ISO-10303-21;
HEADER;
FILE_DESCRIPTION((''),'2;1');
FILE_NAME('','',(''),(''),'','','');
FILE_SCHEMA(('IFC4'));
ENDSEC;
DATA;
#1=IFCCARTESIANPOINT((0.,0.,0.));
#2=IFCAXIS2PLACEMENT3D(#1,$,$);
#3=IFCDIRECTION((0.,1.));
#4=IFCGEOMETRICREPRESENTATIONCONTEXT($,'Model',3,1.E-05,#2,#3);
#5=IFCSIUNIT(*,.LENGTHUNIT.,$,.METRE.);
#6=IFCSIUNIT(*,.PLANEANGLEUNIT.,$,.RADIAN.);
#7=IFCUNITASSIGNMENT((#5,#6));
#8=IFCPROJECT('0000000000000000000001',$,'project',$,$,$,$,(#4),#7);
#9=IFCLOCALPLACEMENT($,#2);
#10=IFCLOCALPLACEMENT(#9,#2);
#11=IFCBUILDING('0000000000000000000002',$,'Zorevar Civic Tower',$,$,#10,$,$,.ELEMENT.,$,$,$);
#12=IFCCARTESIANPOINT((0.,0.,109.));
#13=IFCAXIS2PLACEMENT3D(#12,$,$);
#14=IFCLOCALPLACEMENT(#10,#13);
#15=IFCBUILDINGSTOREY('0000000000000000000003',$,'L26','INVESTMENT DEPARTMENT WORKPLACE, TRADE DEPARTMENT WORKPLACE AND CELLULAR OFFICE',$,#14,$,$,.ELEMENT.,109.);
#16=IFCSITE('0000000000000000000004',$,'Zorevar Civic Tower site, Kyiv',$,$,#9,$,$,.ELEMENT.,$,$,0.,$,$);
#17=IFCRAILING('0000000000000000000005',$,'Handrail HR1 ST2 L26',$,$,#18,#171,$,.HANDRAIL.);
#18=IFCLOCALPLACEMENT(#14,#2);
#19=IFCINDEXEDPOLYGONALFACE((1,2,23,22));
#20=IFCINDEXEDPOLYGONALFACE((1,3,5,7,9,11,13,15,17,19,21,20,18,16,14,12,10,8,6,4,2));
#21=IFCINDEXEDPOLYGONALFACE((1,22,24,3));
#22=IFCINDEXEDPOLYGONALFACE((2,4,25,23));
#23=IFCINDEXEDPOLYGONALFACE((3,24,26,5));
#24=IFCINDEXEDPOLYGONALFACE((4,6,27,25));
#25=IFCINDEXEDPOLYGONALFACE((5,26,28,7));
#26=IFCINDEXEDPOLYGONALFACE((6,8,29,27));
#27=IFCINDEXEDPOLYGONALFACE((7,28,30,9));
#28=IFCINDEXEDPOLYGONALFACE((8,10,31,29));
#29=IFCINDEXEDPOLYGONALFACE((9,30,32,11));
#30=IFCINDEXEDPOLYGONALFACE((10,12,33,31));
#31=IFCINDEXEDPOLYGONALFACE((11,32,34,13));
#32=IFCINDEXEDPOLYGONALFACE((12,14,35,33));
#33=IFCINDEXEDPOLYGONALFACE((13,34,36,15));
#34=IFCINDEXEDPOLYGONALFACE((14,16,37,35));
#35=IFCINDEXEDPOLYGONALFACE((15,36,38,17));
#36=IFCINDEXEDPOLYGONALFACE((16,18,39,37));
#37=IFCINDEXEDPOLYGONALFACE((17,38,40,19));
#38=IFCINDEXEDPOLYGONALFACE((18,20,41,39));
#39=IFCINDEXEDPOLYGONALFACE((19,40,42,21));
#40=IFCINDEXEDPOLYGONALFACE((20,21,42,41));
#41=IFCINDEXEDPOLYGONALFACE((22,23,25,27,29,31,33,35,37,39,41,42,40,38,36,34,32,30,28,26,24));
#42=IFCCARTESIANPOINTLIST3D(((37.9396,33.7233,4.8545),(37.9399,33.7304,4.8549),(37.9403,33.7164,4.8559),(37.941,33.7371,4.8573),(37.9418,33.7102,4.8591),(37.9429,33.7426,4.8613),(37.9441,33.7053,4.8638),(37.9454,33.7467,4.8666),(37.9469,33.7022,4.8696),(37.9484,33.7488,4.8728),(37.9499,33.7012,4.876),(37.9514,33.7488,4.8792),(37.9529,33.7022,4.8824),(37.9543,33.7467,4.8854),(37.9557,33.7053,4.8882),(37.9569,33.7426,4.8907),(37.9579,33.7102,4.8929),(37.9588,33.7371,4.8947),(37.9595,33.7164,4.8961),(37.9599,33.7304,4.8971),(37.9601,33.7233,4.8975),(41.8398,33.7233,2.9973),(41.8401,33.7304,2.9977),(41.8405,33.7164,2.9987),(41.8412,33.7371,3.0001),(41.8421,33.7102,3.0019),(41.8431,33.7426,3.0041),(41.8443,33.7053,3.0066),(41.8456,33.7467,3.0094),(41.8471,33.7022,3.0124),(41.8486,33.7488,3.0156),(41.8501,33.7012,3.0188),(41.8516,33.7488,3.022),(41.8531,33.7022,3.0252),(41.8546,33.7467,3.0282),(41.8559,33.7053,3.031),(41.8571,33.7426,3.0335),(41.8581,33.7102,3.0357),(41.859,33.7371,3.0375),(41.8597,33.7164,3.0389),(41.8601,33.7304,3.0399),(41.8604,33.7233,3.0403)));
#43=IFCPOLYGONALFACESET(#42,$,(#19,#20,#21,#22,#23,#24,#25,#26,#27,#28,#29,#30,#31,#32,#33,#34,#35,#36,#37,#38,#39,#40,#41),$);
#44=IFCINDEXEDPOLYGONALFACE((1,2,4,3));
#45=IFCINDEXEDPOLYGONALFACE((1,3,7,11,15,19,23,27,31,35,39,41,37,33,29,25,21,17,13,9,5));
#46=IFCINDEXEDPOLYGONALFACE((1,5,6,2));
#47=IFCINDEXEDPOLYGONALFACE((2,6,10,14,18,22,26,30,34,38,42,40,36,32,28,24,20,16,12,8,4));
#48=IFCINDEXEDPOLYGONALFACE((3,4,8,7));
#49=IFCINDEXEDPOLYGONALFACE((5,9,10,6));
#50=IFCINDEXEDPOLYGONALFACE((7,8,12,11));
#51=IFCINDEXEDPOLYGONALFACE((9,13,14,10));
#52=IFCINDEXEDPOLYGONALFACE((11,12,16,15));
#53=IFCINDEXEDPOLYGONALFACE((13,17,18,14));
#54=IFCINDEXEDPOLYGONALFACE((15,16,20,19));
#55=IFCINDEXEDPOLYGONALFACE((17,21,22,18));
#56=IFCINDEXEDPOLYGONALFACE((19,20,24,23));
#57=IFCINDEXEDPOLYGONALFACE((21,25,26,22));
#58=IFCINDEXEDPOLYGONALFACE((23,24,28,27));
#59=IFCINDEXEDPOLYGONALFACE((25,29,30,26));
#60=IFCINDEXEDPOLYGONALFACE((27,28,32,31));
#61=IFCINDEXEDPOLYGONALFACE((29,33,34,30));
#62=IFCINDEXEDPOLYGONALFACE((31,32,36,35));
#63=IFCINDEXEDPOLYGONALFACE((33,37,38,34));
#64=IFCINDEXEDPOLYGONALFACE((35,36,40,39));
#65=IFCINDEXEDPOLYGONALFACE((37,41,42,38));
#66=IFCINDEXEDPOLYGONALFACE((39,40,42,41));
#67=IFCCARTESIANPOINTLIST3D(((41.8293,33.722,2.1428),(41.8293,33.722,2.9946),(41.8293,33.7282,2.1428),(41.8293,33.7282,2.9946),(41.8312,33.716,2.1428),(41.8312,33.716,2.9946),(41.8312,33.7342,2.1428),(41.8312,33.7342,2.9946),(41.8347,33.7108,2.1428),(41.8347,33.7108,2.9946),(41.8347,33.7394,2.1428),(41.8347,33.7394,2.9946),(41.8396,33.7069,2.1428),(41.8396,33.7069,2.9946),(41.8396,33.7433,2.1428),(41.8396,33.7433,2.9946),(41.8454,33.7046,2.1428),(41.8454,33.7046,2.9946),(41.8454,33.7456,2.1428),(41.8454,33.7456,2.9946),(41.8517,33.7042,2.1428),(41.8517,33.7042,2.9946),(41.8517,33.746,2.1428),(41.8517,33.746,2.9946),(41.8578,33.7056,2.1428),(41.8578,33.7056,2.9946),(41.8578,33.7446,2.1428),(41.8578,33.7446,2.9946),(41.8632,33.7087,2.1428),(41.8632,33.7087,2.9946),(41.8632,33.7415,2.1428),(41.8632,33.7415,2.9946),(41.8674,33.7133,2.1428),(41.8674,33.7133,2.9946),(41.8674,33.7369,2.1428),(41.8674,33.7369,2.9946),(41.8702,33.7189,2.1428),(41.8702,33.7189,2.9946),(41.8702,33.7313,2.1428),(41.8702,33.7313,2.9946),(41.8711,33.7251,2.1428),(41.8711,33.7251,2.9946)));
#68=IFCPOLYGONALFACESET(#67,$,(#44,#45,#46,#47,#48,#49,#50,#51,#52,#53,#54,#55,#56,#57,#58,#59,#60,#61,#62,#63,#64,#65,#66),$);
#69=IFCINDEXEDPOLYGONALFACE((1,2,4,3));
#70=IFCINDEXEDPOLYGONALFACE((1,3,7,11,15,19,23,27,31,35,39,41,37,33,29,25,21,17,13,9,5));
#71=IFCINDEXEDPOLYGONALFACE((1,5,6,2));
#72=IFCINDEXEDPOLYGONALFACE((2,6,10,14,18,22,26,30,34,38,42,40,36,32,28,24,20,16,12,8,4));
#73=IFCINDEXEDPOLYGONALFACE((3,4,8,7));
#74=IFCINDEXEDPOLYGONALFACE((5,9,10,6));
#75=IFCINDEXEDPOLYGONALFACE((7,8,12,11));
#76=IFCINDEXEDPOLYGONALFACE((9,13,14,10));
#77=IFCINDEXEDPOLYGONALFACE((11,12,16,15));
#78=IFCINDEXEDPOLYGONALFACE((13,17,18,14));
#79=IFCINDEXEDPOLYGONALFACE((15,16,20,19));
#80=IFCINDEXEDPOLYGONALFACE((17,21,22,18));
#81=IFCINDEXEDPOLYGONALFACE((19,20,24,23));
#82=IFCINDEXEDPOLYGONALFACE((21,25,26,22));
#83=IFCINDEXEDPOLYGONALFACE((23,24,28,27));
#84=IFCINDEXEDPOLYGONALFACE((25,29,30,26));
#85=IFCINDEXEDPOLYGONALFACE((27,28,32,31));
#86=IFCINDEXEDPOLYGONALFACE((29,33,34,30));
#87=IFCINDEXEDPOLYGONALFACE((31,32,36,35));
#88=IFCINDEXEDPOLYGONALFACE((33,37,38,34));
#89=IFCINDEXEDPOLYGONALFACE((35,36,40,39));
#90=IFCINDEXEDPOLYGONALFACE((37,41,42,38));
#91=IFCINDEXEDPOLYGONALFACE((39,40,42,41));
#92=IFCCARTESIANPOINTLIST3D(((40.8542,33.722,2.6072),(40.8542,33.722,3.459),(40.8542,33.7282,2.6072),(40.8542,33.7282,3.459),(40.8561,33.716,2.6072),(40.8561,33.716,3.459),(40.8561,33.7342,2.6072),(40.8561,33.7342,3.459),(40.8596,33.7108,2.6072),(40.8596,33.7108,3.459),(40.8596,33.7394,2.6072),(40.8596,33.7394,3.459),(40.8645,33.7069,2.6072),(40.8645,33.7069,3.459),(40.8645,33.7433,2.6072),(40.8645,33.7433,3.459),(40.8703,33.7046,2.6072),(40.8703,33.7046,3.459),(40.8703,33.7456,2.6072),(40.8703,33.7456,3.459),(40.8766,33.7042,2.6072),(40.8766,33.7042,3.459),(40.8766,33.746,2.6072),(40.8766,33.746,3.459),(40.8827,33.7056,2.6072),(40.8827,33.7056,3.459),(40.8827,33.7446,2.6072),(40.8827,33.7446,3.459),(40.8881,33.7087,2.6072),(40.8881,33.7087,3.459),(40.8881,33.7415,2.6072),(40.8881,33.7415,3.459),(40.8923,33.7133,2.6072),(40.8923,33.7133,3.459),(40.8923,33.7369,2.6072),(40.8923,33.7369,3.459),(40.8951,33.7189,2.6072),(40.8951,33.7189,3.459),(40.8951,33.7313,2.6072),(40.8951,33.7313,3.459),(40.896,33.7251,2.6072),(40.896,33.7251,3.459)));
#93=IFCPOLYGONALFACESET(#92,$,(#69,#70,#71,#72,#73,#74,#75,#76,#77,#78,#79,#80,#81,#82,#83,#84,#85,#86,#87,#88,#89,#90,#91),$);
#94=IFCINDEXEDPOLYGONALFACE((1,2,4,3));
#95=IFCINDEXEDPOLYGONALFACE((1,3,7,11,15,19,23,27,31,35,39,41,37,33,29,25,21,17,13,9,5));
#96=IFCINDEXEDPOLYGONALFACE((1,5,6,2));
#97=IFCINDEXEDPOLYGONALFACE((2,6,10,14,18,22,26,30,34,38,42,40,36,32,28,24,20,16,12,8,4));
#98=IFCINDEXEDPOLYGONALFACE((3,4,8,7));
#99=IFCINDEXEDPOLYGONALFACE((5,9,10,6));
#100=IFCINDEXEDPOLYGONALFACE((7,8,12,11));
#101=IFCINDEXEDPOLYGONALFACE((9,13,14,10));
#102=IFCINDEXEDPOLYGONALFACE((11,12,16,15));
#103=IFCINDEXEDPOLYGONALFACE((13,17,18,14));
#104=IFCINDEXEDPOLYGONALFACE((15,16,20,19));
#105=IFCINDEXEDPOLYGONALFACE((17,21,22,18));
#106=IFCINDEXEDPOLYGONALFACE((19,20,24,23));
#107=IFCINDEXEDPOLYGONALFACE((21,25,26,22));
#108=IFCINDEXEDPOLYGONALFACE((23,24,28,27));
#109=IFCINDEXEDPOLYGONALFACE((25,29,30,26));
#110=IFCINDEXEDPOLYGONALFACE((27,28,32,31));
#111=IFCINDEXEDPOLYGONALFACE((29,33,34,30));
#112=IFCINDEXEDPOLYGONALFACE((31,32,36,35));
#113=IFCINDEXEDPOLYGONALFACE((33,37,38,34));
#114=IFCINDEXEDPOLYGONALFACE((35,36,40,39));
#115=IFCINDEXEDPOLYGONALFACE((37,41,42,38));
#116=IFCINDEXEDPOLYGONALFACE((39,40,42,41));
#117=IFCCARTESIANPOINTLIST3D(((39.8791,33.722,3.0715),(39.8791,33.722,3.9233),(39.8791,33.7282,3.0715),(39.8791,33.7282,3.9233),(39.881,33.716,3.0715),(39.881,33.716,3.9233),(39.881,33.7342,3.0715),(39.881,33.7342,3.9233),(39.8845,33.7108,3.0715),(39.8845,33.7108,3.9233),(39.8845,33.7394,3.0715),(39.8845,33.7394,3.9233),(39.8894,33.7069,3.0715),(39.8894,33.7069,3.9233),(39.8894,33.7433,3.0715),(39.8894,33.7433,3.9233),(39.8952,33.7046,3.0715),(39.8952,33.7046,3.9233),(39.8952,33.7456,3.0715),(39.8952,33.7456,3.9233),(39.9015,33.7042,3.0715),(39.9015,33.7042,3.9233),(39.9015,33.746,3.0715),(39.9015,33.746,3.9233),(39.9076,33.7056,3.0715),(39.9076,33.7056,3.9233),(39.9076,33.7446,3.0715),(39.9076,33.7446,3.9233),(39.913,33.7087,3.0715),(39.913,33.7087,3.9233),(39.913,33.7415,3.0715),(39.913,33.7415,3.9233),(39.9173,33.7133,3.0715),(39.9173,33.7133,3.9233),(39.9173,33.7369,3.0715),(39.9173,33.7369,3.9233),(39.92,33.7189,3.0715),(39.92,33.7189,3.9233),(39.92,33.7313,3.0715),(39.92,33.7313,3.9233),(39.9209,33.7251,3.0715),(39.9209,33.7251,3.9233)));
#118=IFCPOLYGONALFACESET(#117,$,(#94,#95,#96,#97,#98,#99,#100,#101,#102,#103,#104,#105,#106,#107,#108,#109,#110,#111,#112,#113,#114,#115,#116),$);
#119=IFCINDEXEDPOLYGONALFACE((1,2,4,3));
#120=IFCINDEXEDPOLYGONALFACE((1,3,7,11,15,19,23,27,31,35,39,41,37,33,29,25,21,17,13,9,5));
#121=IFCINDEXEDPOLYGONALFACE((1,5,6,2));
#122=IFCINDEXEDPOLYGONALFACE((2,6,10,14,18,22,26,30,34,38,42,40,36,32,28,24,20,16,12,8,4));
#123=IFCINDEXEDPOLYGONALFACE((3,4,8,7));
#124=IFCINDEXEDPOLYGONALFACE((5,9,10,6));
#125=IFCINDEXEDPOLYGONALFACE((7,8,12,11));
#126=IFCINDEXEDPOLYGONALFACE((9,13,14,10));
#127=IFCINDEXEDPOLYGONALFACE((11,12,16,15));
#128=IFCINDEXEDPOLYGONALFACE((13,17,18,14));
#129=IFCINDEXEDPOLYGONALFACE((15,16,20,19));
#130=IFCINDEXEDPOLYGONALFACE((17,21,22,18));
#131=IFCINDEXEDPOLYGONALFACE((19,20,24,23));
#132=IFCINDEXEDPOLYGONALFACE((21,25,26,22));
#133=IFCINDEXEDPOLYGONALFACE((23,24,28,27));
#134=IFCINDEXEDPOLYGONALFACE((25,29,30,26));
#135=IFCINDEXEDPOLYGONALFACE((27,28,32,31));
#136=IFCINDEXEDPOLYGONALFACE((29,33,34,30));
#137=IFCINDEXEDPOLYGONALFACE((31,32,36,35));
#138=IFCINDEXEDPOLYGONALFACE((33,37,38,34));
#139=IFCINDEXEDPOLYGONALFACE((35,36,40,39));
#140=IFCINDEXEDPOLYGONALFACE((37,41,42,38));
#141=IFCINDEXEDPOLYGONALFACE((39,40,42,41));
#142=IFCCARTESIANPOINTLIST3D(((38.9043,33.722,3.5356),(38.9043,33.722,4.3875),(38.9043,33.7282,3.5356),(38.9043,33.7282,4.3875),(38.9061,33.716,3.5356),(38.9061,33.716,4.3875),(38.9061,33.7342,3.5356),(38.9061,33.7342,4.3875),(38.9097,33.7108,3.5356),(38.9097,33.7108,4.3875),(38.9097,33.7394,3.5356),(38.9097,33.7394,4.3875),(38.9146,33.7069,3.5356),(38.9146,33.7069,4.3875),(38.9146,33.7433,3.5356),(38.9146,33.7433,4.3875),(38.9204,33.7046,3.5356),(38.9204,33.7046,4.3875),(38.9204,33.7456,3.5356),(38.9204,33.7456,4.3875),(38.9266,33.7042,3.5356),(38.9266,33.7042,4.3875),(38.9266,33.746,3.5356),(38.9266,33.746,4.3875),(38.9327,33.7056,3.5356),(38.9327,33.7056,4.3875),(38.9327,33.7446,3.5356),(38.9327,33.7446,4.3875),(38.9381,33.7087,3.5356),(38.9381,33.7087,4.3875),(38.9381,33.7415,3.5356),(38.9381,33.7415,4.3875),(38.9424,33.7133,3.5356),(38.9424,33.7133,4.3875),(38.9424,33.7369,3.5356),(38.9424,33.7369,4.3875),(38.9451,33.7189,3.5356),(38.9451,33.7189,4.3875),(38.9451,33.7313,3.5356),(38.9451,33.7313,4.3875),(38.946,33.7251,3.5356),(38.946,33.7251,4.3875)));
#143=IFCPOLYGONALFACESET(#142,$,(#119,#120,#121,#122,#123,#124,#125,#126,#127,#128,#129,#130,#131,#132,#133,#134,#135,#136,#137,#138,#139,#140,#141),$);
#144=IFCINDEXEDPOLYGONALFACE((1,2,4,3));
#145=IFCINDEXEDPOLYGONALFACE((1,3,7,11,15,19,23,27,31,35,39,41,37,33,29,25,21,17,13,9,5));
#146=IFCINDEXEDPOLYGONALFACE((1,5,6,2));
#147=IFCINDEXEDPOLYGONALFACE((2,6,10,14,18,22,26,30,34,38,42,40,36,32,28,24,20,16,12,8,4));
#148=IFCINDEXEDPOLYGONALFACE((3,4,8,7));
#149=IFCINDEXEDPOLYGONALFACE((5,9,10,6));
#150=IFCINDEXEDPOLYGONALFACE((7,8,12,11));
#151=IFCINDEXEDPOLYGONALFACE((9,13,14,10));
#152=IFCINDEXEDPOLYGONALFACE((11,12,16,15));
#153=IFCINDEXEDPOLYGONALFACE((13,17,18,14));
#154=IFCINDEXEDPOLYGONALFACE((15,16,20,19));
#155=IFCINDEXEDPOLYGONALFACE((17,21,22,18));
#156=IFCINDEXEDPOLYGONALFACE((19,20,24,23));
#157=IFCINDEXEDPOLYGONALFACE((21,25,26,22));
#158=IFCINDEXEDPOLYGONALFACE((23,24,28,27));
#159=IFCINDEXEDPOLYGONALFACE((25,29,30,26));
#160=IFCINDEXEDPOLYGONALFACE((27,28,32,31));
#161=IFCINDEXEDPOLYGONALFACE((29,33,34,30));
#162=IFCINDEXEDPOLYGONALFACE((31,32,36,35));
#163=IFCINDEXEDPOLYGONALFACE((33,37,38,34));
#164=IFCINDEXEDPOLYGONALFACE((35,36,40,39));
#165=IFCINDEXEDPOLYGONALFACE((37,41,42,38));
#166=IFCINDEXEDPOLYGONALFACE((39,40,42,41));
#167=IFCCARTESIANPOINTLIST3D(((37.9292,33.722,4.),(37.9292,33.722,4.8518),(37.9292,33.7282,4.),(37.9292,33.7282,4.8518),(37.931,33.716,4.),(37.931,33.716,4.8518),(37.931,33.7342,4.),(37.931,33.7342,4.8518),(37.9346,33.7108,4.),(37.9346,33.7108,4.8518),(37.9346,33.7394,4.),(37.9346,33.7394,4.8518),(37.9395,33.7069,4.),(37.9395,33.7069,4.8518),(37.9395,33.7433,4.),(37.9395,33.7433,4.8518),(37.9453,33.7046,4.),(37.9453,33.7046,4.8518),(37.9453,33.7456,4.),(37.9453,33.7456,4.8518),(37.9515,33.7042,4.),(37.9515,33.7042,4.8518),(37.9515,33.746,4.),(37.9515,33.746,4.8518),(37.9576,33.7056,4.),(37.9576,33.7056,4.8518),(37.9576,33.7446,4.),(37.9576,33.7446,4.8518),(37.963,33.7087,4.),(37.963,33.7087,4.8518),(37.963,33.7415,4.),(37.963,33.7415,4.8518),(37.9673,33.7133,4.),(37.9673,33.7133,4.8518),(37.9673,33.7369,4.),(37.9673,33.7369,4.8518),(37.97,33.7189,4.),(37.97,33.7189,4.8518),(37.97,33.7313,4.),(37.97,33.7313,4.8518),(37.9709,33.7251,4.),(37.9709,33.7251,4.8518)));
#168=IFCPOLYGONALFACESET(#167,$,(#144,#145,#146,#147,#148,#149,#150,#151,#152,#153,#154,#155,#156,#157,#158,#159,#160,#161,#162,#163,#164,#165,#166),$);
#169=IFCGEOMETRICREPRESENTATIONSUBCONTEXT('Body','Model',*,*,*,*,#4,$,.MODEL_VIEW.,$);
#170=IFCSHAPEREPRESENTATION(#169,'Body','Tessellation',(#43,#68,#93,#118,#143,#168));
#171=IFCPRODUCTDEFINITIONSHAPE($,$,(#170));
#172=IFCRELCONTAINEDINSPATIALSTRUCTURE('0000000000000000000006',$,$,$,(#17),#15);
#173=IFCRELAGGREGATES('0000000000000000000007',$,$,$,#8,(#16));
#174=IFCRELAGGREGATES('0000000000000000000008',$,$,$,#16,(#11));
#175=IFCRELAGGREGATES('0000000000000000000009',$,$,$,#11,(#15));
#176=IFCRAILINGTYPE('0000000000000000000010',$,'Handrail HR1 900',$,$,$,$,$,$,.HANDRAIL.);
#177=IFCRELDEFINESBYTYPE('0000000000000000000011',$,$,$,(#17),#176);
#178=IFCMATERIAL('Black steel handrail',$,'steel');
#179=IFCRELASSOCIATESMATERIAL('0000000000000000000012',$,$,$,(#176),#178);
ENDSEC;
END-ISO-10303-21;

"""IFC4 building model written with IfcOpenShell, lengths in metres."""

from ifc_helpers import new_model, si_unit, direction, frame, origin, origin_2d, place, context, subcontext, project, spatial, circle, extrude, material, type_object, element, save


model = new_model("IFC4")

# Units and contexts
model_context = context("Model", 3, precision=1e-05, world=origin(), true_north=direction((0.0, 1.0)))
body_context = subcontext(model_context, "Body", "Model", "MODEL_VIEW")
ifc_project = project(units=[si_unit("LENGTHUNIT", "METRE"), si_unit("PLANEANGLEUNIT", "RADIAN")], contexts=[model_context])

# Site, building, storey
site_placement = place(None, origin())
site = spatial("IfcSite", under=ifc_project, at=site_placement, Name="Zorevar Civic Tower site, Kyiv", CompositionType="ELEMENT", RefElevation=0.0)
building_placement = place(site_placement, origin())
building = spatial("IfcBuilding", under=site, at=building_placement, Name="Zorevar Civic Tower", CompositionType="ELEMENT")
storey_placement = place(building_placement, frame((0.0, 0.0, 109.0)))
storey = spatial("IfcBuildingStorey", under=building, at=storey_placement, Name="L26", Description="INVESTMENT DEPARTMENT WORKPLACE, TRADE DEPARTMENT WORKPLACE AND CELLULAR OFFICE", CompositionType="ELEMENT", Elevation=109.0)

# Railing
ifc_material_1 = material(Name="Black steel handrail", Category="steel")
railing_type = type_object("IfcRailingType", Name="Handrail HR1 900", PredefinedType="HANDRAIL", material=ifc_material_1)
railing_1_placement = place(storey_placement, frame((41.8501, 33.7251, 2.1428)))
element("IfcRailing", 1, at=railing_1_placement, inside=storey, type_object=railing_type, Name="Handrail HR1 ST2 L26", PredefinedType="HANDRAIL", context=body_context, shape_type="SweptSolid", body=[
    extrude(circle(Radius=0.0239, at=origin_2d()), frame((0.0, 0.0, 0.876), z_axis=(-0.902864, 0.0, 0.429927), x_axis=(0.0, -1.0, 0.0)), (0.0, 0.0, 1.0), 4.3198),
    extrude(circle(Radius=0.021, at=origin_2d()), origin(), (0.0, 0.0, 1.0), 0.8518),
    extrude(circle(Radius=0.021, at=origin_2d()), frame((-0.9751, 0.0, 0.4644)), (0.0, 0.0, 1.0), 0.8518),
    extrude(circle(Radius=0.021, at=origin_2d()), frame((-1.9502, 0.0, 0.9287)), (0.0, 0.0, 1.0), 0.8518),
    extrude(circle(Radius=0.021, at=origin_2d()), frame((-2.925, 0.0, 1.3928)), (0.0, 0.0, 1.0), 0.8518),
    extrude(circle(Radius=0.021, at=origin_2d()), frame((-3.9001, 0.0, 1.8572)), (0.0, 0.0, 1.0), 0.8518),
])

save(model, "model.ifc")
